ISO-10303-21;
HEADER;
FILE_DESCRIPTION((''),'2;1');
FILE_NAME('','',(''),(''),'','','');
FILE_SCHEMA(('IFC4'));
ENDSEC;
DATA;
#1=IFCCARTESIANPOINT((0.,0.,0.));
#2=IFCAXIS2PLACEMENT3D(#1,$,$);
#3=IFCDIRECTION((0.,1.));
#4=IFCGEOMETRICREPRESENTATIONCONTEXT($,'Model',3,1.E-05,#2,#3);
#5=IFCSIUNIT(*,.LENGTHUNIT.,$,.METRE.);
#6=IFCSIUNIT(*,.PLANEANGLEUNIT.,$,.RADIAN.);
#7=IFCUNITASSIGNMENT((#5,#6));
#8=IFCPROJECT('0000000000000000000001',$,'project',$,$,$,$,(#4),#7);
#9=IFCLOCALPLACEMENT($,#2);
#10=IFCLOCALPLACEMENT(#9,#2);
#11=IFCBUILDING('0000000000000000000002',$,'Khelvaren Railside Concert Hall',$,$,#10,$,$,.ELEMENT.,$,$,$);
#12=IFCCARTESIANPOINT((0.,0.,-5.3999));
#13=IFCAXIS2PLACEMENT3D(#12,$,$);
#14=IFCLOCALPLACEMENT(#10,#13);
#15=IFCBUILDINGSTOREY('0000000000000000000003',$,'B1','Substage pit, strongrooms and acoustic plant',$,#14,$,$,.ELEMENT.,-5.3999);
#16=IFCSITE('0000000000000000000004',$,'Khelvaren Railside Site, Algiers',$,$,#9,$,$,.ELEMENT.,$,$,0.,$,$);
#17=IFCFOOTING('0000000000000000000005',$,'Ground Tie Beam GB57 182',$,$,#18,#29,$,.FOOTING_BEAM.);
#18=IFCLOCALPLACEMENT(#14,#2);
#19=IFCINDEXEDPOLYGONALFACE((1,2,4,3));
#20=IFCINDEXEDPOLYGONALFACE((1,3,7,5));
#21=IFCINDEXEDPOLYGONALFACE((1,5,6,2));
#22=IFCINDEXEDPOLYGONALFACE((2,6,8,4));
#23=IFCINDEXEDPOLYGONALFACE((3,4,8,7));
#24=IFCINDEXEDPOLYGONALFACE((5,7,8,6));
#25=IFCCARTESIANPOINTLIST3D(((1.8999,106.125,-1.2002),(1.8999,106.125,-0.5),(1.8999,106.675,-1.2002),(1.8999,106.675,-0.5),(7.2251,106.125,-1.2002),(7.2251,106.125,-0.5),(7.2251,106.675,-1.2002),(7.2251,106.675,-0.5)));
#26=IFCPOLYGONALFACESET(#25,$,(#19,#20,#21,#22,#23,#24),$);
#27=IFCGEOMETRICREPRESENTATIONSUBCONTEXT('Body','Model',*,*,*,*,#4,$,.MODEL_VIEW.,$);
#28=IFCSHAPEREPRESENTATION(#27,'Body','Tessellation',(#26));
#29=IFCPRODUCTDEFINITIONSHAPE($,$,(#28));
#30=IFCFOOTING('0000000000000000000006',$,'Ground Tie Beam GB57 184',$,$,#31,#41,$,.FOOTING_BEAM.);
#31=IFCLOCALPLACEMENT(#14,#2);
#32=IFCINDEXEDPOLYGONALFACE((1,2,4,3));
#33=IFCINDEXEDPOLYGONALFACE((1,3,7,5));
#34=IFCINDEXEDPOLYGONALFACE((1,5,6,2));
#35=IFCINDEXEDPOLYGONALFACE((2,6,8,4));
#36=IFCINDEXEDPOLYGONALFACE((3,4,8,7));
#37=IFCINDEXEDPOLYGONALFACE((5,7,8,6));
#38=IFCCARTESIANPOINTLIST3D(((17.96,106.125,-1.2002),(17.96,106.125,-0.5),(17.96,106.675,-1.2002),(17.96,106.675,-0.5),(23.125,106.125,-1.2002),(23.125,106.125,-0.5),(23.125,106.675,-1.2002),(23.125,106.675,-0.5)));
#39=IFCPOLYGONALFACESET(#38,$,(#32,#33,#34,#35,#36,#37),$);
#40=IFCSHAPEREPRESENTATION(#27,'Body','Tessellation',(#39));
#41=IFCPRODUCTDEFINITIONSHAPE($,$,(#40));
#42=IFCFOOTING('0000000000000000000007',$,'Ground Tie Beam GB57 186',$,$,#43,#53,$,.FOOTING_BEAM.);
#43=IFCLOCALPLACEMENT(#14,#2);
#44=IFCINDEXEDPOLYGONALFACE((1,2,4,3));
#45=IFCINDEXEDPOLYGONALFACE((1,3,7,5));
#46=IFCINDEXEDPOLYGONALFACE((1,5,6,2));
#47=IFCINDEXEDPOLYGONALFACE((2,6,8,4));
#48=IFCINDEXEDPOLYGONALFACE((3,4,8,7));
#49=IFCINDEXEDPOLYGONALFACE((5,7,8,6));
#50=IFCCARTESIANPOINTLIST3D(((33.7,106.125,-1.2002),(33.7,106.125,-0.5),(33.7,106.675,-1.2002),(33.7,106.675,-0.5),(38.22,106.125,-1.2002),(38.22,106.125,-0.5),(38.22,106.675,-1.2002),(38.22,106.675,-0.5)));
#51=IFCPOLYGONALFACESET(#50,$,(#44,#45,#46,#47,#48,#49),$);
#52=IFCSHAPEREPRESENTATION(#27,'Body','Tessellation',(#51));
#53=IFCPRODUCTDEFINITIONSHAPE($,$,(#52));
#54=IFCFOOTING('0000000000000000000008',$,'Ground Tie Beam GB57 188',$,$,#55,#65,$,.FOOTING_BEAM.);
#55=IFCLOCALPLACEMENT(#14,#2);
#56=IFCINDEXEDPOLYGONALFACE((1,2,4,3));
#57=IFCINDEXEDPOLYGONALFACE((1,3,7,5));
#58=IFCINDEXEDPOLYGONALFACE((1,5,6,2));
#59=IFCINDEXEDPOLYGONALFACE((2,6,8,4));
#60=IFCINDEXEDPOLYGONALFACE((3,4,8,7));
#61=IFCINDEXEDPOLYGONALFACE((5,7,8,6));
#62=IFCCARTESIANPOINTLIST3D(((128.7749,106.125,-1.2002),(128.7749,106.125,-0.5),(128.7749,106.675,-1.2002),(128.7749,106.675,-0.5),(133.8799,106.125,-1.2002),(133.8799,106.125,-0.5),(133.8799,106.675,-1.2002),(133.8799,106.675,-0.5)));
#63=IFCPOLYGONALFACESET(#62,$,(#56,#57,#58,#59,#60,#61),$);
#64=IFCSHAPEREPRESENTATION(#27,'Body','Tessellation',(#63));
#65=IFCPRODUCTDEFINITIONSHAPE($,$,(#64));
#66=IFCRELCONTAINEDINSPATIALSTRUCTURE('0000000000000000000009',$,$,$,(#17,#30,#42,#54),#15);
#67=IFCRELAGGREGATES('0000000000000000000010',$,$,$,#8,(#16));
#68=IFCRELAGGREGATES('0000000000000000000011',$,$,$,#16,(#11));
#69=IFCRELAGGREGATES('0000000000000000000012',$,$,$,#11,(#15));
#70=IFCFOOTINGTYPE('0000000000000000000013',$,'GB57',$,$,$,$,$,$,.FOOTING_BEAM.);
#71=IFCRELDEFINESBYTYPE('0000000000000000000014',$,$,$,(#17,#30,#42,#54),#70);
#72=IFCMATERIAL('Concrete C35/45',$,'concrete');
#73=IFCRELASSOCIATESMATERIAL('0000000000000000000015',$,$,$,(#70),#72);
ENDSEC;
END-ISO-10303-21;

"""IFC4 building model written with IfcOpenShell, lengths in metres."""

from ifc_helpers import new_model, si_unit, direction, frame, origin, place, context, subcontext, project, spatial, polyline, outline, extrude, material, type_object, element, save


model = new_model("IFC4")

# Units and contexts
model_context = context("Model", 3, precision=1e-05, world=origin(), true_north=direction((0.0, 1.0)))
body_context = subcontext(model_context, "Body", "Model", "MODEL_VIEW")
ifc_project = project(units=[si_unit("LENGTHUNIT", "METRE"), si_unit("PLANEANGLEUNIT", "RADIAN")], contexts=[model_context])

# Site, building, storey
site_placement = place(None, origin())
site = spatial("IfcSite", under=ifc_project, at=site_placement, Name="Khelvaren Railside Site, Algiers", CompositionType="ELEMENT", RefElevation=0.0)
building_placement = place(site_placement, origin())
building = spatial("IfcBuilding", under=site, at=building_placement, Name="Khelvaren Railside Concert Hall", CompositionType="ELEMENT")
storey_placement = place(building_placement, frame((0.0, 0.0, -5.3999)))
storey = spatial("IfcBuildingStorey", under=building, at=storey_placement, Name="B1", Description="Substage pit, strongrooms and acoustic plant", CompositionType="ELEMENT", Elevation=-5.3999)

# Footings
ifc_material = material(Name="Concrete C35/45", Category="concrete")
footing_type = type_object("IfcFootingType", Name="GB57", PredefinedType="FOOTING_BEAM", material=ifc_material)
footing_1_placement = place(storey_placement, frame((0.0, 0.0, -1.2002)))
element("IfcFooting", 1, at=footing_1_placement, inside=storey, type_object=footing_type, Name="Ground Tie Beam GB57 182", PredefinedType="FOOTING_BEAM", context=body_context, shape_type="SweptSolid", body=[
    extrude(outline(polyline([(1.8999, 106.125), (7.2251, 106.125), (7.2251, 106.675), (1.8999, 106.675), (1.8999, 106.125)])), origin(), (0.0, 0.0, 1.0), 0.7002),
])
footing_2_placement = place(storey_placement, frame((0.0, 0.0, -1.2002)))
element("IfcFooting", 2, at=footing_2_placement, inside=storey, type_object=footing_type, Name="Ground Tie Beam GB57 184", PredefinedType="FOOTING_BEAM", context=body_context, shape_type="SweptSolid", body=[
    extrude(outline(polyline([(17.96, 106.125), (23.125, 106.125), (23.125, 106.675), (17.96, 106.675), (17.96, 106.125)])), origin(), (0.0, 0.0, 1.0), 0.7002),
])
footing_3_placement = place(storey_placement, frame((0.0, 0.0, -1.2002)))
element("IfcFooting", 3, at=footing_3_placement, inside=storey, type_object=footing_type, Name="Ground Tie Beam GB57 186", PredefinedType="FOOTING_BEAM", context=body_context, shape_type="SweptSolid", body=[
    extrude(outline(polyline([(33.7, 106.125), (38.22, 106.125), (38.22, 106.675), (33.7, 106.675), (33.7, 106.125)])), origin(), (0.0, 0.0, 1.0), 0.7002),
])
footing_4_placement = place(storey_placement, frame((0.0, 0.0, -1.2002)))
element("IfcFooting", 4, at=footing_4_placement, inside=storey, type_object=footing_type, Name="Ground Tie Beam GB57 188", PredefinedType="FOOTING_BEAM", context=body_context, shape_type="SweptSolid", body=[
    extrude(outline(polyline([(128.7749, 106.125), (133.8799, 106.125), (133.8799, 106.675), (128.7749, 106.675), (128.7749, 106.125)])), origin(), (0.0, 0.0, 1.0), 0.7002),
])

save(model, "model.ifc")
